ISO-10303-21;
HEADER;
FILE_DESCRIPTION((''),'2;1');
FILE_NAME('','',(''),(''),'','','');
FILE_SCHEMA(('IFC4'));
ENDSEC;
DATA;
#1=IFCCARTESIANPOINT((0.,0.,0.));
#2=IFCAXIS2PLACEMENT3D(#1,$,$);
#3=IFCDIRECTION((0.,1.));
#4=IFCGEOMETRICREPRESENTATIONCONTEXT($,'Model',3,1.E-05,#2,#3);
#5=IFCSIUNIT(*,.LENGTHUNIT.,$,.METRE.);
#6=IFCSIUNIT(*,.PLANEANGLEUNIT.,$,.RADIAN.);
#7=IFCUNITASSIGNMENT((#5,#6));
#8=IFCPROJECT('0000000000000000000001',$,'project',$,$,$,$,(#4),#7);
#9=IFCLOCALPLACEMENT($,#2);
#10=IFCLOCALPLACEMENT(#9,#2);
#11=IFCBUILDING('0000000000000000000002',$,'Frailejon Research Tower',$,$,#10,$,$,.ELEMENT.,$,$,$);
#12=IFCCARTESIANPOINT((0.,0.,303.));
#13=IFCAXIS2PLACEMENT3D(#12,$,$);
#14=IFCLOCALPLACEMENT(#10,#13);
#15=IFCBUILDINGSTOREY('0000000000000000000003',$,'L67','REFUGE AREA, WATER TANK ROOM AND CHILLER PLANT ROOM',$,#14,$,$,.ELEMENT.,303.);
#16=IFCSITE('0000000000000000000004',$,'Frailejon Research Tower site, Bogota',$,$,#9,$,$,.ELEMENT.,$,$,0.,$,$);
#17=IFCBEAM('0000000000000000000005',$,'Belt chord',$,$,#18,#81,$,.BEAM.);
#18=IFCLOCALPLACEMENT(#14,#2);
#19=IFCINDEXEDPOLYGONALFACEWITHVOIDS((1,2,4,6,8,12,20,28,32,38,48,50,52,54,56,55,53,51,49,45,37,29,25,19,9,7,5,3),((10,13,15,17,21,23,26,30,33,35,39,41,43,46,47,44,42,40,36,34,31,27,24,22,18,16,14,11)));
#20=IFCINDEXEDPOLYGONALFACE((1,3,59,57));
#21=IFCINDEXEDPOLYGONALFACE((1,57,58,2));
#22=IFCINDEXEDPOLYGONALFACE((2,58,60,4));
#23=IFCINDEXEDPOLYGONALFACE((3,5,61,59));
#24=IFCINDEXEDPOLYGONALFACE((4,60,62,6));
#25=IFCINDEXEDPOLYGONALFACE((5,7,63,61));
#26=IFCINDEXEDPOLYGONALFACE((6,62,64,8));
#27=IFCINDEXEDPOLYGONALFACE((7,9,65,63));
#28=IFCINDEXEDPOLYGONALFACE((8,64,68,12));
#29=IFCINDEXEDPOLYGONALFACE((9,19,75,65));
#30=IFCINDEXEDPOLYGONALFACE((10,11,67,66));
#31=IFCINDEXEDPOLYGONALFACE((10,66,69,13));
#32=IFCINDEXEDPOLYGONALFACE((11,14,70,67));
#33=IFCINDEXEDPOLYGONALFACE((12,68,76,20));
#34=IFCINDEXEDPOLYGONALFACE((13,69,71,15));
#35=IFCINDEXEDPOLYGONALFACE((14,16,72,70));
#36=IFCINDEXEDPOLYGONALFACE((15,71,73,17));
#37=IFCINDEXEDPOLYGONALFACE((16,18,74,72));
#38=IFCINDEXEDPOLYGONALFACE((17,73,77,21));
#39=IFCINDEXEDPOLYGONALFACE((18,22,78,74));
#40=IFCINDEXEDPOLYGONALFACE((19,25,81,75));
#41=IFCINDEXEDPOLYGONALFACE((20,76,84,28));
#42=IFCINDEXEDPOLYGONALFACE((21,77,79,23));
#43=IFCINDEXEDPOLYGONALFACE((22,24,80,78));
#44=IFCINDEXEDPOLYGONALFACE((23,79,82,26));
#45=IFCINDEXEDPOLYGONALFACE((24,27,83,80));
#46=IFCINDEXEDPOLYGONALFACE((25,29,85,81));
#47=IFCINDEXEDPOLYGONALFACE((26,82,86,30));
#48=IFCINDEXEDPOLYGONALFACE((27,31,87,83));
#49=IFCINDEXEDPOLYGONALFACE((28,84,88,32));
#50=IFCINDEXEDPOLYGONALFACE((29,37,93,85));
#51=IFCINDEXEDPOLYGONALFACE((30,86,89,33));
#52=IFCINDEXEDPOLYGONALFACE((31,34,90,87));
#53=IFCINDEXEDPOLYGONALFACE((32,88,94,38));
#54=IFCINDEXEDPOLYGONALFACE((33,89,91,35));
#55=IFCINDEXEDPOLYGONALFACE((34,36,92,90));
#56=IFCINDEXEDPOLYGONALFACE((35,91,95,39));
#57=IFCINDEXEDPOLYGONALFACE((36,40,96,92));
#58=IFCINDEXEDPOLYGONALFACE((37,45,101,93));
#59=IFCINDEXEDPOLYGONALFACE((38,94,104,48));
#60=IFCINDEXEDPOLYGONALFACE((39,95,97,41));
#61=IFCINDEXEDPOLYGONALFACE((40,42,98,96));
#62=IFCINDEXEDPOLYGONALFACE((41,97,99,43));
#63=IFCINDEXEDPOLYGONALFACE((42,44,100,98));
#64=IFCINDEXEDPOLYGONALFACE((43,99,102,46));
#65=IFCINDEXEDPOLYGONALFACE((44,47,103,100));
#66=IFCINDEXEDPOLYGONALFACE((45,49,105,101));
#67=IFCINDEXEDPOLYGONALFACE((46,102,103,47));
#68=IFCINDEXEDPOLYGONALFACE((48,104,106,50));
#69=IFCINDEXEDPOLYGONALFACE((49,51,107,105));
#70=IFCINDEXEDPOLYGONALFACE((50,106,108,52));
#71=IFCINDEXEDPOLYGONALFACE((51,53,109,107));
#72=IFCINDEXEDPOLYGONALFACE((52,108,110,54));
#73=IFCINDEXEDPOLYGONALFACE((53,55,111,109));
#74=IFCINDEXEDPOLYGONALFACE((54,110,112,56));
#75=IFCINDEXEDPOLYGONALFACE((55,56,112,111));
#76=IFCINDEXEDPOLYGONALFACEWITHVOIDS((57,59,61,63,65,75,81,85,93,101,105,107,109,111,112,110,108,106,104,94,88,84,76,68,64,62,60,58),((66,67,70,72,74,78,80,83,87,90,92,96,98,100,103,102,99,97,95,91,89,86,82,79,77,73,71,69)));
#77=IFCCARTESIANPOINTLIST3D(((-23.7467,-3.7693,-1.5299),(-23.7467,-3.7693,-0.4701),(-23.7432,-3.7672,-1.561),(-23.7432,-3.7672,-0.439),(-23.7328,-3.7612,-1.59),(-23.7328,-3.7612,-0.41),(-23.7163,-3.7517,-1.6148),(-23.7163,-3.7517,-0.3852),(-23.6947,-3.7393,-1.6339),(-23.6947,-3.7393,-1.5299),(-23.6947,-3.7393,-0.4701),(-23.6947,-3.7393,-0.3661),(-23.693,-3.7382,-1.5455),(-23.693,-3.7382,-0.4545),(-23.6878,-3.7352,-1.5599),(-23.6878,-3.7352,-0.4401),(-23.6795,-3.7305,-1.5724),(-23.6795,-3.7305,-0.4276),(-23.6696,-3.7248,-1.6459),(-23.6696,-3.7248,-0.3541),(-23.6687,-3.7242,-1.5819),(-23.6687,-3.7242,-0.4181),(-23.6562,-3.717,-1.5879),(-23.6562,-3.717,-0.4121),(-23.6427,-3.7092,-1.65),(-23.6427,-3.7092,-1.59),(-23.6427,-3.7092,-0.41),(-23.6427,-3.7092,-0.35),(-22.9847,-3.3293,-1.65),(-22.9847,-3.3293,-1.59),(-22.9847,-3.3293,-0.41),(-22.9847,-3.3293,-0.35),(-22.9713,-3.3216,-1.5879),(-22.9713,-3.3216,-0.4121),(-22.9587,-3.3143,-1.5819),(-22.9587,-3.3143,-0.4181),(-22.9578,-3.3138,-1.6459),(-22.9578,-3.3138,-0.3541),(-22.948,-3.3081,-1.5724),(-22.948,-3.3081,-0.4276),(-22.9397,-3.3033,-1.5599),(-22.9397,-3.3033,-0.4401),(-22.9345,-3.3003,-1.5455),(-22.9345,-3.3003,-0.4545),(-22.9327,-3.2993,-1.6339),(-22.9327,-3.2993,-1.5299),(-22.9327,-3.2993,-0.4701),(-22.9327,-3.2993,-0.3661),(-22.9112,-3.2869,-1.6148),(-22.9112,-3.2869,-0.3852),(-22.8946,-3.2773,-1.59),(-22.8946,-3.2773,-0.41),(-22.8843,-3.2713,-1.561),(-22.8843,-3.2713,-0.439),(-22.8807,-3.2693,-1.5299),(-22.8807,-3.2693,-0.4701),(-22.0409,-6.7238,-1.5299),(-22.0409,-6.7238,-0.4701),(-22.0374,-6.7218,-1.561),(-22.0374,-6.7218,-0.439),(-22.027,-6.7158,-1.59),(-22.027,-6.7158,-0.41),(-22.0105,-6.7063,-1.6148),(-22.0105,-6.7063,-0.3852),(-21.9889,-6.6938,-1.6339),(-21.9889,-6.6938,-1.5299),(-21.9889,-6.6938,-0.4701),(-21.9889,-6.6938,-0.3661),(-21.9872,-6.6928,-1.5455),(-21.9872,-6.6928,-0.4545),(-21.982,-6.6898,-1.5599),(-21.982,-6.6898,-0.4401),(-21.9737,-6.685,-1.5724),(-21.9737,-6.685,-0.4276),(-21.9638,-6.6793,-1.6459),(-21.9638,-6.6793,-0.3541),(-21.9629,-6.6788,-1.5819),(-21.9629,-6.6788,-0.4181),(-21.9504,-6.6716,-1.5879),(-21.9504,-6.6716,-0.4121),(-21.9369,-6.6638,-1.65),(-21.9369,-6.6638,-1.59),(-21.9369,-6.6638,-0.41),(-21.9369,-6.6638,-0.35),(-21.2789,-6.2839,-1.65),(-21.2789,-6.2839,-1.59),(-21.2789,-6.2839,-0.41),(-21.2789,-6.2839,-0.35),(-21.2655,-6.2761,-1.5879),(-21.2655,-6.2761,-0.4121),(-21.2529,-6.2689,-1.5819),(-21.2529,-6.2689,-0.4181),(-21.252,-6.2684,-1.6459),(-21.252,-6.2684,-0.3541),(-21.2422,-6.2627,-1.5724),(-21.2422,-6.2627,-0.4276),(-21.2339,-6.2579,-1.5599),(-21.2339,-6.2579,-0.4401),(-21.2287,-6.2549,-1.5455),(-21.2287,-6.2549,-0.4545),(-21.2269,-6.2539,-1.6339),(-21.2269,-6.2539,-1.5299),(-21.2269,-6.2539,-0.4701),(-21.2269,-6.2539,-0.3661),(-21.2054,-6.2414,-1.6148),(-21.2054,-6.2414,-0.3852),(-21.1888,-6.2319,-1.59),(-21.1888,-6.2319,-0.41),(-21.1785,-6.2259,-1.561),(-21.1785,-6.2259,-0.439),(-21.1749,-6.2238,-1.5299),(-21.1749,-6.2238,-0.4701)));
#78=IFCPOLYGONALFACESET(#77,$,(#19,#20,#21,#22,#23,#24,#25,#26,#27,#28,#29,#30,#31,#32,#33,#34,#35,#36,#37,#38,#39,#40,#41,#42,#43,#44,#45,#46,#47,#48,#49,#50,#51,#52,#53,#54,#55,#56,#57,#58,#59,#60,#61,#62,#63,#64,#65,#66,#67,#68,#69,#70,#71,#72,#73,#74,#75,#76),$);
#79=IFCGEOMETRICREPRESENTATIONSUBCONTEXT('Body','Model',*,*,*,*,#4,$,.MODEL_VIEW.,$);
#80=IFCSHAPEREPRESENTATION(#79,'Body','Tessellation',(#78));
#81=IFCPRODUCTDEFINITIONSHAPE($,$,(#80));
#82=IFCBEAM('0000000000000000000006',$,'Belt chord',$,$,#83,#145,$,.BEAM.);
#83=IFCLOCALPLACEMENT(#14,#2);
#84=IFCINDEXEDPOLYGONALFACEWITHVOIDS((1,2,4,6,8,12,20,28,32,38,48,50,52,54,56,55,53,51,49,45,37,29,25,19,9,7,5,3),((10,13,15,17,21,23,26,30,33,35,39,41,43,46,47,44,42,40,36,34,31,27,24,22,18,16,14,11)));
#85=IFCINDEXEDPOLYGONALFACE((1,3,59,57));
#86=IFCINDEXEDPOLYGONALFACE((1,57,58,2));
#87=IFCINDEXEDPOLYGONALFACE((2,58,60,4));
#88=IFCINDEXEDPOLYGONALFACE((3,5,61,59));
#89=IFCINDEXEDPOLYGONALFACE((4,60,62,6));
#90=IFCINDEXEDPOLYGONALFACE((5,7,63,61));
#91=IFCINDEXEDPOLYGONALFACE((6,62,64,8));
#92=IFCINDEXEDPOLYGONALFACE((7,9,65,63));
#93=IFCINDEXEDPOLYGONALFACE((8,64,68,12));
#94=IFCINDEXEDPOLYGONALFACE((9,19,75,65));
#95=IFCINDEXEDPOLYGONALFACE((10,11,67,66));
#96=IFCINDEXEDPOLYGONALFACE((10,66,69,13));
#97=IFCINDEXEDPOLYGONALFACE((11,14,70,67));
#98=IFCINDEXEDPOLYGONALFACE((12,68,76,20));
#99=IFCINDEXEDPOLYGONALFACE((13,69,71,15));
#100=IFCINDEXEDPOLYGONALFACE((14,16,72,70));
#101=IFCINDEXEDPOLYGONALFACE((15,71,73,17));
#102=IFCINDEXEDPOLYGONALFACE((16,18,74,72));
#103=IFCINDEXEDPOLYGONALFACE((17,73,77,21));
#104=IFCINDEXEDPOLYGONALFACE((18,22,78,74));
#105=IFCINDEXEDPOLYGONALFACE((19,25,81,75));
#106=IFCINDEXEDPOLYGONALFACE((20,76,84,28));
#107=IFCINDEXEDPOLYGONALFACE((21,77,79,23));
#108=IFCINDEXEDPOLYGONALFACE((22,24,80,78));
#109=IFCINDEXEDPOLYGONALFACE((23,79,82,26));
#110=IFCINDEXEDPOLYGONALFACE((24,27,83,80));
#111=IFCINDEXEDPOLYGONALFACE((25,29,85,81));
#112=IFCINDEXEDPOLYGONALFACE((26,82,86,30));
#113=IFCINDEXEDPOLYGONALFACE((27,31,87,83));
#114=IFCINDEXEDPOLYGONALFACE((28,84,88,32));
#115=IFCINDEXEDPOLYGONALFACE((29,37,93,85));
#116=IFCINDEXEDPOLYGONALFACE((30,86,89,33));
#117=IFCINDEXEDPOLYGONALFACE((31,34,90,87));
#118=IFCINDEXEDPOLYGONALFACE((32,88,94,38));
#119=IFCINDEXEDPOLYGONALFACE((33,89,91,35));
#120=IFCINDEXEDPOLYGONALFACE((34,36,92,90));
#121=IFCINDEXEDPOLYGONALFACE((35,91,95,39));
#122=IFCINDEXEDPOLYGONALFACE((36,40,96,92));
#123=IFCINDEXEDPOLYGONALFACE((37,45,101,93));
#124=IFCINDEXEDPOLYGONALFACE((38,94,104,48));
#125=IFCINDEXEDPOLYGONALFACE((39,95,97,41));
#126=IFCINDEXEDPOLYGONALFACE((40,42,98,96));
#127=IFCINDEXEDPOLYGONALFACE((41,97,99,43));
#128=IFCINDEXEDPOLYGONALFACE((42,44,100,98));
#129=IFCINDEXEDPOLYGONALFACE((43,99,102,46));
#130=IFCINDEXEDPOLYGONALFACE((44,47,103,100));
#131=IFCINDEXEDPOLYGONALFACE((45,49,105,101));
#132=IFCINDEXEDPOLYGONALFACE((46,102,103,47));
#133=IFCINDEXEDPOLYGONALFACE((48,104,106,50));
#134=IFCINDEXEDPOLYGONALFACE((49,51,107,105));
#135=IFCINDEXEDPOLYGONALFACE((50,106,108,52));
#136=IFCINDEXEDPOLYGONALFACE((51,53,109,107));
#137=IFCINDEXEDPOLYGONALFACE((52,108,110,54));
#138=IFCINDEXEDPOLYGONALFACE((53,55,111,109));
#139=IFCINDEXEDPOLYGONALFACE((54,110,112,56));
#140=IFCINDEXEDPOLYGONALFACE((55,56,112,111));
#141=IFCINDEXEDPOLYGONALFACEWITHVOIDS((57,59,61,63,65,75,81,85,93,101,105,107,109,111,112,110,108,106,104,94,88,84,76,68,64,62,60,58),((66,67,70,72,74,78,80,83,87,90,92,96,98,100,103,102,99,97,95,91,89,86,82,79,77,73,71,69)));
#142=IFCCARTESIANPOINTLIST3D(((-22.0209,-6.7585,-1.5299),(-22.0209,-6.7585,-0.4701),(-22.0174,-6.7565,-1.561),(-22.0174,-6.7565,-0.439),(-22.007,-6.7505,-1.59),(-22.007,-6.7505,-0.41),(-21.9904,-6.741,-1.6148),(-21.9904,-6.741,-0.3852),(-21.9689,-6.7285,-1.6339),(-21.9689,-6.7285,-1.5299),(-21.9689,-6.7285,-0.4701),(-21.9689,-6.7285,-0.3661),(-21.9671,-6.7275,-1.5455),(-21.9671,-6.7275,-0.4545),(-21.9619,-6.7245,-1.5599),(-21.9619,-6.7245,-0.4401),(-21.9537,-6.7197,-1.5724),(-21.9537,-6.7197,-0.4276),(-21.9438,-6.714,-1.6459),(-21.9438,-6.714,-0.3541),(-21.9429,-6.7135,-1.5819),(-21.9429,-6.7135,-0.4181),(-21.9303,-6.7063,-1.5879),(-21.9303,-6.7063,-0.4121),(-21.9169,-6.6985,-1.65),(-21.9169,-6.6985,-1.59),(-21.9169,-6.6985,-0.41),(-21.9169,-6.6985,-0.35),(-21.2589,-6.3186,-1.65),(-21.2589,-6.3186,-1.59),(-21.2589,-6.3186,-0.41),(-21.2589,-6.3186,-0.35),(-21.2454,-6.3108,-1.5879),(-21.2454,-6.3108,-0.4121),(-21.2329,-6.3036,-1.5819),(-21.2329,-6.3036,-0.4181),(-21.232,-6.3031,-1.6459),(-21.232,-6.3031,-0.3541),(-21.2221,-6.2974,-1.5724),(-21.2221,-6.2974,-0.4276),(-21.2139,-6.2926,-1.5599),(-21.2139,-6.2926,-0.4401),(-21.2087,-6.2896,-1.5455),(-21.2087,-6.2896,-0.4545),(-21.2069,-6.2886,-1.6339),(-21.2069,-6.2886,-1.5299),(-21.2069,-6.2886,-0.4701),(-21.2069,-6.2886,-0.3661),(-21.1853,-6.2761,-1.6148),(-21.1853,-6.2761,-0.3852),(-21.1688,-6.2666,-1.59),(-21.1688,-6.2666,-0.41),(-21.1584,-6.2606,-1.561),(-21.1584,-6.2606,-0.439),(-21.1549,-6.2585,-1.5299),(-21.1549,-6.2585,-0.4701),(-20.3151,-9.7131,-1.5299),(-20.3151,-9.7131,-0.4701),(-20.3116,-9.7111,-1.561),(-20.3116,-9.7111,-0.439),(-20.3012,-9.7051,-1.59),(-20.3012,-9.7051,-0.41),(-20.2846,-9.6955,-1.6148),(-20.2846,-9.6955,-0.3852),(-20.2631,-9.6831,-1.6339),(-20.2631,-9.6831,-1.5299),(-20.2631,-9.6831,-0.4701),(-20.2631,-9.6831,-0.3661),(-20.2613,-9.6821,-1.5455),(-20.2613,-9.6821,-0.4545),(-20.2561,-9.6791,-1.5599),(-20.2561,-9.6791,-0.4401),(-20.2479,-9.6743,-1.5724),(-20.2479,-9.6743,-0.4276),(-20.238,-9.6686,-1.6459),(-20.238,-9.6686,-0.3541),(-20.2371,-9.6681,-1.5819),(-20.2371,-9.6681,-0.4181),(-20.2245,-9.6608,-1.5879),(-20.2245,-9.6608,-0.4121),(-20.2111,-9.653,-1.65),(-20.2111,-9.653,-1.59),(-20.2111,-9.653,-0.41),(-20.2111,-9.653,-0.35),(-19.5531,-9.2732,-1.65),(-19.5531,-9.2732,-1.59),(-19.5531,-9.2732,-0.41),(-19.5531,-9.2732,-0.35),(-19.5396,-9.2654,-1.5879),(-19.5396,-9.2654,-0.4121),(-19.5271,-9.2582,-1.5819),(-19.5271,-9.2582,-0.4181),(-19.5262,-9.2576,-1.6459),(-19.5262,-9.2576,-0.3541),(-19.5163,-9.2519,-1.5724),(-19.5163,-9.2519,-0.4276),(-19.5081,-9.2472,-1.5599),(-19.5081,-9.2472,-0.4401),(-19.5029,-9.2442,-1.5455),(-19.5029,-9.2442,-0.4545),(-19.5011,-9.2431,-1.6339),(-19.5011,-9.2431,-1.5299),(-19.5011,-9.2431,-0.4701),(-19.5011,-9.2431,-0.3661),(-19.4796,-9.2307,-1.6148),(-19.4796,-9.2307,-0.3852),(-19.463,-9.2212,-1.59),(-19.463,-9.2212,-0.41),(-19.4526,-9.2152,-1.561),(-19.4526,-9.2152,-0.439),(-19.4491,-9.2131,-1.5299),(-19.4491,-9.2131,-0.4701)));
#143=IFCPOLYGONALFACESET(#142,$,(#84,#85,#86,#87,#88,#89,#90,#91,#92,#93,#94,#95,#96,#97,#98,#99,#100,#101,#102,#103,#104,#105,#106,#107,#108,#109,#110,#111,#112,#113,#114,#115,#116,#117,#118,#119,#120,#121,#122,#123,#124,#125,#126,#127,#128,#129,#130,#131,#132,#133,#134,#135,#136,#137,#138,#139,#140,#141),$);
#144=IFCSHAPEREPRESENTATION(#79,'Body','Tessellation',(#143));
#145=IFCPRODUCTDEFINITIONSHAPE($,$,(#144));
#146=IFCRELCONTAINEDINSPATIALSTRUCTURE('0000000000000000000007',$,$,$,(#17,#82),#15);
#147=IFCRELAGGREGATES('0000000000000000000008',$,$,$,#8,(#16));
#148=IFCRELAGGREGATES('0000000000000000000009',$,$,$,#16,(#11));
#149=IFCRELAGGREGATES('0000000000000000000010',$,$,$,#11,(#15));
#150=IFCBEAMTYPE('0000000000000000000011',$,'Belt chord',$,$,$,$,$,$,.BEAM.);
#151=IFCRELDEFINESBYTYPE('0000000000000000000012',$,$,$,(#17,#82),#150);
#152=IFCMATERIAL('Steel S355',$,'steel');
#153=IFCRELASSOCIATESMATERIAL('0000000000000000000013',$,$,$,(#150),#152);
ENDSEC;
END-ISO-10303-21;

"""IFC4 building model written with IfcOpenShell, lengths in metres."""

from ifc_helpers import new_model, si_unit, direction, frame, origin, origin_2d, place, context, subcontext, project, spatial, hollow_rectangle, extrude, material, material_profile, profile_set, type_object, element, save


model = new_model("IFC4")

# Units and contexts
model_context = context("Model", 3, precision=1e-05, world=origin(), true_north=direction((0.0, 1.0)))
body_context = subcontext(model_context, "Body", "Model", "MODEL_VIEW")
ifc_project = project(units=[si_unit("LENGTHUNIT", "METRE"), si_unit("PLANEANGLEUNIT", "RADIAN")], contexts=[model_context])

# Site, building, storey
site_placement = place(None, origin())
site = spatial("IfcSite", under=ifc_project, at=site_placement, Name="Frailejon Research Tower site, Bogota", CompositionType="ELEMENT", RefElevation=0.0)
building_placement = place(site_placement, origin())
building = spatial("IfcBuilding", under=site, at=building_placement, Name="Frailejon Research Tower", CompositionType="ELEMENT")
storey_placement = place(building_placement, frame((0.0, 0.0, 303.0)))
storey = spatial("IfcBuildingStorey", under=building, at=storey_placement, Name="L67", Description="REFUGE AREA, WATER TANK ROOM AND CHILLER PLANT ROOM", CompositionType="ELEMENT", Elevation=303.0)

# Beams
ifc_material_1 = material(Name="Steel S355", Category="steel")
ifc_material_profile_1 = material_profile(ifc_material_1, hollow_rectangle(XDim=1.0, YDim=1.3, WallThickness=0.0601, InnerFilletRadius=0.0601, OuterFilletRadius=0.1201, at=origin_2d()), Name="Belt chord")
ifc_profile_set_1 = profile_set([ifc_material_profile_1], Name="Steel S355")
beam_type_1 = type_object("IfcBeamType", Name="Belt chord", PredefinedType="BEAM", material=ifc_profile_set_1)
for number, where, z_axis, x_axis, name in (
    (1, (-23.3137, -3.5193, -1.0), (0.499995, -0.866028, 0.0), (0.866028, 0.499995, 0.0), "Belt chord"),
    (2, (-21.5879, -6.5085, -1.0), (0.499995, -0.866028, 0.0), (0.866028, 0.499995, 0.0), "Belt chord"),
):
    element("IfcBeam", number, at=place(storey_placement, frame(where, z_axis=z_axis, x_axis=x_axis)), inside=storey, type_object=beam_type_1, Name=name, PredefinedType="BEAM", context=body_context, shape_type="SweptSolid", body=[
        extrude(hollow_rectangle(XDim=1.0, YDim=1.3, WallThickness=0.0601, InnerFilletRadius=0.0601, OuterFilletRadius=0.1201, at=origin_2d()), origin(), (0.0, 0.0, 1.0), 3.4116),
    ])

save(model, "model.ifc")
